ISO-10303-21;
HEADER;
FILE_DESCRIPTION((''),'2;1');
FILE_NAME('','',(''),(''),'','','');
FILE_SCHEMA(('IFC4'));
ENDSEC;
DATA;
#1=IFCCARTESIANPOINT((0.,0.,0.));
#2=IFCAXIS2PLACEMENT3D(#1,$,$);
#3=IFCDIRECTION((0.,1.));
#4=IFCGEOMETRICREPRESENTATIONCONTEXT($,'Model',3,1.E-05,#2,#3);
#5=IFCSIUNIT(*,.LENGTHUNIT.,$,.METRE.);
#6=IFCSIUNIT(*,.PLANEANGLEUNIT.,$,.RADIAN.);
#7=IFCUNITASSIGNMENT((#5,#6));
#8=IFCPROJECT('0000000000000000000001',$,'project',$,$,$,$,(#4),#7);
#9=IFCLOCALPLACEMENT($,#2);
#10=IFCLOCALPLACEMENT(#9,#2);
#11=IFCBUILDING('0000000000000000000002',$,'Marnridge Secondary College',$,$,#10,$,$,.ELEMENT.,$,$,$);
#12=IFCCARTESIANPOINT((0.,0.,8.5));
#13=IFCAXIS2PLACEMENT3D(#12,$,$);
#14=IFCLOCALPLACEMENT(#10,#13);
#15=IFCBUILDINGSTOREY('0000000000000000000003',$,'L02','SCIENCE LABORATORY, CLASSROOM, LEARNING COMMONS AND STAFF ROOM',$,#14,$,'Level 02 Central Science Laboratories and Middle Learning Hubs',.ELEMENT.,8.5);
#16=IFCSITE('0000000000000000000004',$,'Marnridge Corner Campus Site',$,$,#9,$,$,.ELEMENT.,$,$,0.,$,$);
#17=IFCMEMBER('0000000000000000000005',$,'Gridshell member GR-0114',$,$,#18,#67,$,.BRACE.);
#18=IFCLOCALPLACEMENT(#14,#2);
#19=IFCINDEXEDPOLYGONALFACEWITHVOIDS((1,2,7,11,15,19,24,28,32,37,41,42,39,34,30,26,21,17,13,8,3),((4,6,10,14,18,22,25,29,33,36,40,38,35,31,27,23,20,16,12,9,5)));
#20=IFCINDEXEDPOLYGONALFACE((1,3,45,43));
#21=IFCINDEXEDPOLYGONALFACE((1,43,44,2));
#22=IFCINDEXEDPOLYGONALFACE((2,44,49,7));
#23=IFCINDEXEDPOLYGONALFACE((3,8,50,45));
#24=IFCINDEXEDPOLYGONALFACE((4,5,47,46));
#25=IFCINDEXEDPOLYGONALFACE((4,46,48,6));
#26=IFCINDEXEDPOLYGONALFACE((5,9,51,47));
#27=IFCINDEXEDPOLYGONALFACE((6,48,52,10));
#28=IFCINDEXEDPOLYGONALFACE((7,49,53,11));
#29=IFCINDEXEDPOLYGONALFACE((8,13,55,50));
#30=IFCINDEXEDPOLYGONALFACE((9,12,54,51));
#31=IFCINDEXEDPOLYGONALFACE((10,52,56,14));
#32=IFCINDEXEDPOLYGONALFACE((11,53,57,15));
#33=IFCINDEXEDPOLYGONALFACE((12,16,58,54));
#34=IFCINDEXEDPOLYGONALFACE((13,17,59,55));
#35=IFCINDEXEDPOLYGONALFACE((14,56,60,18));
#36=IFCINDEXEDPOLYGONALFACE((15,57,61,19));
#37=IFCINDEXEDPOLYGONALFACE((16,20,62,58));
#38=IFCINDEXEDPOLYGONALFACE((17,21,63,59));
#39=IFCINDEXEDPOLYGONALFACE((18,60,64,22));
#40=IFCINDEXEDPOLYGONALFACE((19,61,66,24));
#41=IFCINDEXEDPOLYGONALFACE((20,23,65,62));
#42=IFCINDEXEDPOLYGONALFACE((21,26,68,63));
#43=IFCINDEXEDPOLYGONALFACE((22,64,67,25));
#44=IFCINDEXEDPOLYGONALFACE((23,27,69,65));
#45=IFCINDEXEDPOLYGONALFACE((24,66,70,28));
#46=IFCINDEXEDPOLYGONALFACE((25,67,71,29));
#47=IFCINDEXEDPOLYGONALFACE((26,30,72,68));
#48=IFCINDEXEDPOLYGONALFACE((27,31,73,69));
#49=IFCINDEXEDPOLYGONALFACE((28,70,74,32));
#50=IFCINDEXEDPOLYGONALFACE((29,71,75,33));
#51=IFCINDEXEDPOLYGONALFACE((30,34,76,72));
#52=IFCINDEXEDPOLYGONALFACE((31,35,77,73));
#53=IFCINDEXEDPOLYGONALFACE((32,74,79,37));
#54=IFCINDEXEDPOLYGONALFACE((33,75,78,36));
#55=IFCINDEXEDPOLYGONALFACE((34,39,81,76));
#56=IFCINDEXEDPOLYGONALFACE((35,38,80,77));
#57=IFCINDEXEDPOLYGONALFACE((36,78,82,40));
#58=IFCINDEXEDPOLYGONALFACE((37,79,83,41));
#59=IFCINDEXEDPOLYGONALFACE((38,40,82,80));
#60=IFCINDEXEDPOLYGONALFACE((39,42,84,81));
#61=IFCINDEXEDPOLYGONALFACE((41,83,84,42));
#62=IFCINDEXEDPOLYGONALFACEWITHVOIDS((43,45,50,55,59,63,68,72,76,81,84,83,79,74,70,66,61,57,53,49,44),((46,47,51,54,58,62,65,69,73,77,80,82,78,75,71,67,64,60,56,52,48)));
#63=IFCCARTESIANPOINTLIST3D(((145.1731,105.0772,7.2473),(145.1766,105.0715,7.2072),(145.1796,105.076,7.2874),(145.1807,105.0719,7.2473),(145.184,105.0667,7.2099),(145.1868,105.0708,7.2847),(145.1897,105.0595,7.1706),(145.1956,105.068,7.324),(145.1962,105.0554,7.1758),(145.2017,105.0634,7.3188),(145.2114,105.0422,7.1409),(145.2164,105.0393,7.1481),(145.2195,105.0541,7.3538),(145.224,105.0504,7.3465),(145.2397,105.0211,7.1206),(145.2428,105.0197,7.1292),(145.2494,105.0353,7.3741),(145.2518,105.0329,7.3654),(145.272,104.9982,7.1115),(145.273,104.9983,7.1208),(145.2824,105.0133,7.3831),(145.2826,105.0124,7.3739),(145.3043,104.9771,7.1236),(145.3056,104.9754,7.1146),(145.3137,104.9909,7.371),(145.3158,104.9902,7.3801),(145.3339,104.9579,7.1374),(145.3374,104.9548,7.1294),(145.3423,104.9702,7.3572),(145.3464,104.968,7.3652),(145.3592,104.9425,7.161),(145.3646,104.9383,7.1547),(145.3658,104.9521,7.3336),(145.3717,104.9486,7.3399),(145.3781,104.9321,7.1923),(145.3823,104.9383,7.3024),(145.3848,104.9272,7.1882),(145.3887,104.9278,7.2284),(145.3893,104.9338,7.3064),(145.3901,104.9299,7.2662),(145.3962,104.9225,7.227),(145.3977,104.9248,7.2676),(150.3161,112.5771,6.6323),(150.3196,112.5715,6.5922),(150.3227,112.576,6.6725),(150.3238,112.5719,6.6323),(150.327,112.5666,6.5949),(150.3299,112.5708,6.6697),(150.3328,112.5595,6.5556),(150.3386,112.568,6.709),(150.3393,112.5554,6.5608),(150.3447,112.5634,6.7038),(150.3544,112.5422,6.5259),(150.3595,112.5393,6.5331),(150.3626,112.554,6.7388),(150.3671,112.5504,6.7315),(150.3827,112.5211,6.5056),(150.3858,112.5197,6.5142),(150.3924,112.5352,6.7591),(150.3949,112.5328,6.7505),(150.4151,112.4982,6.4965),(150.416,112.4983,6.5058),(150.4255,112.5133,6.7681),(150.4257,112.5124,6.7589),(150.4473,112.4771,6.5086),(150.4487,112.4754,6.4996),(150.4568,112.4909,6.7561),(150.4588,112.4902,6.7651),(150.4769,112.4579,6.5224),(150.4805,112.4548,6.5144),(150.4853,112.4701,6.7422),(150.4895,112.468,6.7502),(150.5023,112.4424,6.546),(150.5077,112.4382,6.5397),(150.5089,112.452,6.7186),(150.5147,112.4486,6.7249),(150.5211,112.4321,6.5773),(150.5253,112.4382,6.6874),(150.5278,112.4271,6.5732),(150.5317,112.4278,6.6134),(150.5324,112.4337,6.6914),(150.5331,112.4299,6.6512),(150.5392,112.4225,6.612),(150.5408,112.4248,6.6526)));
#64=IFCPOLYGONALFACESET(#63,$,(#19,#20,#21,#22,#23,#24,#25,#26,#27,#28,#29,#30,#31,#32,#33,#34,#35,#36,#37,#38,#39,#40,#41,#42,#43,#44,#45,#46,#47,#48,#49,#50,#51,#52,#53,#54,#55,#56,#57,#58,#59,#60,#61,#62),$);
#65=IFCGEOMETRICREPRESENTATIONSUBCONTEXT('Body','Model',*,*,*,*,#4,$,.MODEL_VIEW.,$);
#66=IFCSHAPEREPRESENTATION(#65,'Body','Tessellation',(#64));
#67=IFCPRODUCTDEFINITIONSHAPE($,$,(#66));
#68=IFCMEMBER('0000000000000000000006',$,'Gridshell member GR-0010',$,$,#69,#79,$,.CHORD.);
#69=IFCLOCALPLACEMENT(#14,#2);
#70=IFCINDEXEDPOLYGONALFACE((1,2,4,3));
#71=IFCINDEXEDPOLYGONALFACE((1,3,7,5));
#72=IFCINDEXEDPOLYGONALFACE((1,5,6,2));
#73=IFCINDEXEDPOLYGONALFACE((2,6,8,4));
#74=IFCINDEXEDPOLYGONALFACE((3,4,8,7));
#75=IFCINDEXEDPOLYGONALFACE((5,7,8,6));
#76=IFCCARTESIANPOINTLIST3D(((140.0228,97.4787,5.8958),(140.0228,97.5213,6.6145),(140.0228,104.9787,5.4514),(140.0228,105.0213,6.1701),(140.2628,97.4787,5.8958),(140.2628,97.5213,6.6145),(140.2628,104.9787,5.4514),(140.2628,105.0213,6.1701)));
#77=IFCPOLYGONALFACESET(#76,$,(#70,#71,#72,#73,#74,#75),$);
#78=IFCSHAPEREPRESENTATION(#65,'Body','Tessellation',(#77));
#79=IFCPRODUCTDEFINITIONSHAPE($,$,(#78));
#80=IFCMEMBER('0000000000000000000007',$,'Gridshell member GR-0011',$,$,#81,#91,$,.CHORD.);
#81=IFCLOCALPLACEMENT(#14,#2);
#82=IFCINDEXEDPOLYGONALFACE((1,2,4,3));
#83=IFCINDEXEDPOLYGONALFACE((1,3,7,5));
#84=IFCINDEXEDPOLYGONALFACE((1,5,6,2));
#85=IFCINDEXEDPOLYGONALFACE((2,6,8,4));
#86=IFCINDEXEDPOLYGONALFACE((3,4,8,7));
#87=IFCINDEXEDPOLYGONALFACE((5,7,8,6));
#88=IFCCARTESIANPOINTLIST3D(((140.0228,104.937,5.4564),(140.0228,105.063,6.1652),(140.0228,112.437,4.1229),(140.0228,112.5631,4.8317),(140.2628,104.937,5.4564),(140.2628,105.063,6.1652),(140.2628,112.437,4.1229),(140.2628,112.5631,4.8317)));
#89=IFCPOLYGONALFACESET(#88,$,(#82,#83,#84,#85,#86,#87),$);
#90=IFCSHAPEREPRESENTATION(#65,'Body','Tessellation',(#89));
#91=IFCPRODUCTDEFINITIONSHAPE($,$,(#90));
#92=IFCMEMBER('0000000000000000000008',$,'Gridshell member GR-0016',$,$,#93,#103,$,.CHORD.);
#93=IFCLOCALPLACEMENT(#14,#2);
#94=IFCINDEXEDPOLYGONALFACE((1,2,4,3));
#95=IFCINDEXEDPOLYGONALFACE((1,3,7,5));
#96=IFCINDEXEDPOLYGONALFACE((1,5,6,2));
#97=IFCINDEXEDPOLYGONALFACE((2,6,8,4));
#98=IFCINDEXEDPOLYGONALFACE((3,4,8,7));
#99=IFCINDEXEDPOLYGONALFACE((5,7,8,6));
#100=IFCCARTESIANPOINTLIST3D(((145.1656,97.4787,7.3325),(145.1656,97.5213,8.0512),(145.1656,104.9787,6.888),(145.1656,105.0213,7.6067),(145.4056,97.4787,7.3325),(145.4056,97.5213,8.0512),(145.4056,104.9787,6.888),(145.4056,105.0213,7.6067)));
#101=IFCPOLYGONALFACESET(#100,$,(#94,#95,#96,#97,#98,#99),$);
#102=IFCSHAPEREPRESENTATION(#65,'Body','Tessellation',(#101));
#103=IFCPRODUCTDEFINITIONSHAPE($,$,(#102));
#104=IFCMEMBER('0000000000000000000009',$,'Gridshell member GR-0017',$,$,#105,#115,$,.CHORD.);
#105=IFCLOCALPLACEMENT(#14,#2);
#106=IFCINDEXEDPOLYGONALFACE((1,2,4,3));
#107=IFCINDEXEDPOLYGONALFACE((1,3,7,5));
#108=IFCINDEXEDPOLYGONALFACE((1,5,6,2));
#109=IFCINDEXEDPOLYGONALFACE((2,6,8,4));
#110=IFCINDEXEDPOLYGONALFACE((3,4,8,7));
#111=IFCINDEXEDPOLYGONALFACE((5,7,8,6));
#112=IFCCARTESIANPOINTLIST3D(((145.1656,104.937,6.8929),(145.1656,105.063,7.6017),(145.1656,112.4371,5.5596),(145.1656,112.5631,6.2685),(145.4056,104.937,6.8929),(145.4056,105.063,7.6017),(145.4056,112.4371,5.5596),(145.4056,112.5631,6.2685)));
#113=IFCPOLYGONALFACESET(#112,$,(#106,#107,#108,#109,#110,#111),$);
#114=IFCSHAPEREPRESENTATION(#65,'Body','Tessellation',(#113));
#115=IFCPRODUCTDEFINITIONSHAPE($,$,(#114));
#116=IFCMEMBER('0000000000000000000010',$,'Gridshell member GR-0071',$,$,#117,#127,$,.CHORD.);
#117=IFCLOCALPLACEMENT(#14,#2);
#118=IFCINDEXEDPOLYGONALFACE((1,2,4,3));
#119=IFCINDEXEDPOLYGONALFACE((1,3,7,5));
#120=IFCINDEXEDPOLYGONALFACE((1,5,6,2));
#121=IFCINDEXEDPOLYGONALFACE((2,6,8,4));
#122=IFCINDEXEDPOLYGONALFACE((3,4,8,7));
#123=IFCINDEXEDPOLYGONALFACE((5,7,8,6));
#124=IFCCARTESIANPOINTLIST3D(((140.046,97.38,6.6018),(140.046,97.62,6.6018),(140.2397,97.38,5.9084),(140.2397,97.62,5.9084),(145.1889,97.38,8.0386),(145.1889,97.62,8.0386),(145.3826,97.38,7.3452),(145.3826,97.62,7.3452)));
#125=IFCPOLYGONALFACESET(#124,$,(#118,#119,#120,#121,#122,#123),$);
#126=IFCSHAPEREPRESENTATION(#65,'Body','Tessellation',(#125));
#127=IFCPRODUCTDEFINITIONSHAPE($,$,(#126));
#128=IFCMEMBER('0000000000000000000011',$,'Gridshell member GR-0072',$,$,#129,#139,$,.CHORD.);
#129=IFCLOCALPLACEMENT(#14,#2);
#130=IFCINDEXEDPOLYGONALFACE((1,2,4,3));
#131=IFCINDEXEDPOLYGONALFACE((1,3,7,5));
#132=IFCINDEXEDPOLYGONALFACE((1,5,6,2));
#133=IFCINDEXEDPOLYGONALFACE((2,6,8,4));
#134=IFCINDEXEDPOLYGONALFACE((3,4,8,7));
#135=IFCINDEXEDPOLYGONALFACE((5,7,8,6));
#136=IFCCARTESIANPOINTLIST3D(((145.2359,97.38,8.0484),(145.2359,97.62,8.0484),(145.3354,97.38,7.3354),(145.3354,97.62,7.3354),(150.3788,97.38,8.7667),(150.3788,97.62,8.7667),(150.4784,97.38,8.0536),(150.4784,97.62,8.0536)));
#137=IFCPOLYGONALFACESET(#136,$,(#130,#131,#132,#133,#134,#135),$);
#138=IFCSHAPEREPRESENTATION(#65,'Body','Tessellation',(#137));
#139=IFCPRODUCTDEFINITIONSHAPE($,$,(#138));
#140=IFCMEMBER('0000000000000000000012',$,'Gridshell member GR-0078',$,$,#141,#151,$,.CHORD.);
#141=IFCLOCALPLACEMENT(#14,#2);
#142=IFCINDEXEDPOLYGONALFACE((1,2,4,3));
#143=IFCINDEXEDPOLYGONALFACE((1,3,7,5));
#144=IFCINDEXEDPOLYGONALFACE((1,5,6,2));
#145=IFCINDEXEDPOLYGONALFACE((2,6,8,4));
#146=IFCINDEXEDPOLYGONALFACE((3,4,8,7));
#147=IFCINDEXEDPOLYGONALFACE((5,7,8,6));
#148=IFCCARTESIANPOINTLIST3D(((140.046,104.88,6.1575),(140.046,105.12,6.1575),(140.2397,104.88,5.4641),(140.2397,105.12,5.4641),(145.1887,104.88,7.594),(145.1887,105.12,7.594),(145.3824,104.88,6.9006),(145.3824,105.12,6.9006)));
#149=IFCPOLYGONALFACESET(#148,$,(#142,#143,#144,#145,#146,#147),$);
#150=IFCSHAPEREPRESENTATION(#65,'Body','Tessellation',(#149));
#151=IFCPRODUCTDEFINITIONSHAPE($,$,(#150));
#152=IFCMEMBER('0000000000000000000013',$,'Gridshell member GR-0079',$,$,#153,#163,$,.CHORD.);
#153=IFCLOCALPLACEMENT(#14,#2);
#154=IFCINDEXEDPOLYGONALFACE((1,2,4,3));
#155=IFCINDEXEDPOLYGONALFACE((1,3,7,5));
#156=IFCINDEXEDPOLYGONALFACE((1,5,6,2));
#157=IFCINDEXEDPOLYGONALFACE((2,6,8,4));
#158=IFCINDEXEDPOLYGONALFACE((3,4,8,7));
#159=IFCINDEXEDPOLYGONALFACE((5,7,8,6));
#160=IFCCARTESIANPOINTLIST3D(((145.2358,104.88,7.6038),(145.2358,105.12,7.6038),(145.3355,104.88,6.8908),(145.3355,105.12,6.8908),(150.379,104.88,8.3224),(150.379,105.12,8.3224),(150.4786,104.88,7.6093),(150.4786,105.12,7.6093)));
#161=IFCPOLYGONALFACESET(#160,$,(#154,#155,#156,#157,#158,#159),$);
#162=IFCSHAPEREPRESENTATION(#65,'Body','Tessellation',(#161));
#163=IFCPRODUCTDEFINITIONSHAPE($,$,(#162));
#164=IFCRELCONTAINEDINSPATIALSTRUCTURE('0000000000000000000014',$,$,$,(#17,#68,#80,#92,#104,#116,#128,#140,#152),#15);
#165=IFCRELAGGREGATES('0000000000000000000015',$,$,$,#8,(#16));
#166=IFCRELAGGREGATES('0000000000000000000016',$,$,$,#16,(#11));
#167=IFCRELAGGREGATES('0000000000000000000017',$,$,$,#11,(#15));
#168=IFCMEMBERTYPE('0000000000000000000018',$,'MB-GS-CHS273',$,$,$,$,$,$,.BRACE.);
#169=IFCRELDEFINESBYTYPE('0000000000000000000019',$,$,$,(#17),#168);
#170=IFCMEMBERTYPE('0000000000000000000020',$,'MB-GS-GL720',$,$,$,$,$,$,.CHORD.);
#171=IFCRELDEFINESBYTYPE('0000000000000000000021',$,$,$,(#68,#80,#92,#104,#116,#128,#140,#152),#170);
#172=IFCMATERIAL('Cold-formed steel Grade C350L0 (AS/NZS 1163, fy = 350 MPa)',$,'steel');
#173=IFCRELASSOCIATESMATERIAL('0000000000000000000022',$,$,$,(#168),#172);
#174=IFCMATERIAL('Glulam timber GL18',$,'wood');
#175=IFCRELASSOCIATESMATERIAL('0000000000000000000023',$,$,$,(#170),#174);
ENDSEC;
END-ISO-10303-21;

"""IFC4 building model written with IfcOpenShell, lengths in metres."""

from ifc_helpers import new_model, si_unit, direction, frame, origin, origin_2d, place, context, subcontext, project, spatial, rectangle, hollow_circle, extrude, material, material_profile, profile_set, type_object, element, save


model = new_model("IFC4")

# Units and contexts
model_context = context("Model", 3, precision=1e-05, world=origin(), true_north=direction((0.0, 1.0)))
body_context = subcontext(model_context, "Body", "Model", "MODEL_VIEW")
ifc_project = project(units=[si_unit("LENGTHUNIT", "METRE"), si_unit("PLANEANGLEUNIT", "RADIAN")], contexts=[model_context])

# Site, building, storey
site_placement = place(None, origin())
site = spatial("IfcSite", under=ifc_project, at=site_placement, Name="Marnridge Corner Campus Site", CompositionType="ELEMENT", RefElevation=0.0)
building_placement = place(site_placement, origin())
building = spatial("IfcBuilding", under=site, at=building_placement, Name="Marnridge Secondary College", CompositionType="ELEMENT")
storey_placement = place(building_placement, frame((0.0, 0.0, 8.5)))
storey = spatial("IfcBuildingStorey", under=building, at=storey_placement, Name="L02", Description="SCIENCE LABORATORY, CLASSROOM, LEARNING COMMONS AND STAFF ROOM", LongName="Level 02 Central Science Laboratories and Middle Learning Hubs", CompositionType="ELEMENT", Elevation=8.5)

# Members
ifc_material_1 = material(Name="Cold-formed steel Grade C350L0 (AS/NZS 1163, fy = 350 MPa)", Category="steel")
ifc_material_profile_1 = material_profile(ifc_material_1, hollow_circle(Radius=0.1365, WallThickness=0.0093, at=origin_2d()), Name="273.1x9.3CHS")
ifc_profile_set_1 = profile_set([ifc_material_profile_1], Name="Cold-formed steel Grade C350L0 (AS/NZS 1163, fy = 350 MPa)")
member_type_1 = type_object("IfcMemberType", Name="MB-GS-CHS273", PredefinedType="BRACE", material=ifc_profile_set_1)
member_1_placement = place(storey_placement, frame((145.2856, 105.0, 7.2473), z_axis=(0.564255, 0.822839, -0.067472), x_axis=(-0.824718, 0.565544, 0.0)))
element("IfcMember", 1, at=member_1_placement, inside=storey, type_object=member_type_1, Name="Gridshell member GR-0114", PredefinedType="BRACE", context=body_context, shape_type="SweptSolid", body=[
    extrude(hollow_circle(Radius=0.1365, WallThickness=0.0093, at=origin_2d()), origin(), (0.0, 0.0, 1.0), 9.1147),
])
ifc_material_2 = material(Name="Glulam timber GL18", Category="wood")
ifc_material_profile_2 = material_profile(ifc_material_2, rectangle(XDim=0.24, YDim=0.72, at=origin_2d()), Name="GL18 240x720")
ifc_profile_set_2 = profile_set([ifc_material_profile_2], Name="Glulam timber GL18")
member_type_2 = type_object("IfcMemberType", Name="MB-GS-GL720", PredefinedType="CHORD", material=ifc_profile_set_2)
member_2_placement = place(storey_placement, frame((140.1428, 97.5, 6.2551), z_axis=(0.0, 0.99825, -0.059141), x_axis=(-1.0, 0.0, 0.0)))
element("IfcMember", 2, at=member_2_placement, inside=storey, type_object=member_type_2, Name="Gridshell member GR-0010", PredefinedType="CHORD", context=body_context, shape_type="SweptSolid", body=[
    extrude(rectangle(XDim=0.24, YDim=0.72, at=origin_2d()), origin(), (0.0, 0.0, 1.0), 7.5132),
])
member_3_placement = place(storey_placement, frame((140.1428, 105.0, 5.8108), z_axis=(0.0, 0.984559, -0.175054), x_axis=(-1.0, 0.0, 0.0)))
element("IfcMember", 3, at=member_3_placement, inside=storey, type_object=member_type_2, Name="Gridshell member GR-0011", PredefinedType="CHORD", context=body_context, shape_type="SweptSolid", body=[
    extrude(rectangle(XDim=0.24, YDim=0.72, at=origin_2d()), origin(), (0.0, 0.0, 1.0), 7.6177),
])
member_4_placement = place(storey_placement, frame((145.2856, 97.5, 7.6919), z_axis=(0.0, 0.998248, -0.059173), x_axis=(-1.0, 0.0, 0.0)))
element("IfcMember", 4, at=member_4_placement, inside=storey, type_object=member_type_2, Name="Gridshell member GR-0016", PredefinedType="CHORD", context=body_context, shape_type="SweptSolid", body=[
    extrude(rectangle(XDim=0.24, YDim=0.72, at=origin_2d()), origin(), (0.0, 0.0, 1.0), 7.5132),
])
member_5_placement = place(storey_placement, frame((145.2856, 105.0, 7.2473), z_axis=(0.0, 0.984564, -0.175023), x_axis=(-1.0, 0.0, 0.0)))
element("IfcMember", 5, at=member_5_placement, inside=storey, type_object=member_type_2, Name="Gridshell member GR-0017", PredefinedType="CHORD", context=body_context, shape_type="SweptSolid", body=[
    extrude(rectangle(XDim=0.24, YDim=0.72, at=origin_2d()), origin(), (0.0, 0.0, 1.0), 7.6177),
])
member_6_placement = place(storey_placement, frame((140.1428, 97.5, 6.2551), z_axis=(0.963121, 0.0, 0.26907), x_axis=(0.0, 1.0, 0.0)))
element("IfcMember", 6, at=member_6_placement, inside=storey, type_object=member_type_2, Name="Gridshell member GR-0071", PredefinedType="CHORD", context=body_context, shape_type="SweptSolid", body=[
    extrude(rectangle(XDim=0.24, YDim=0.72, at=origin_2d()), origin(), (0.0, 0.0, 1.0), 5.3398),
])
member_7_placement = place(storey_placement, frame((145.2856, 97.5, 7.6919), z_axis=(0.990388, 0.0, 0.138314), x_axis=(0.0, 1.0, 0.0)))
element("IfcMember", 7, at=member_7_placement, inside=storey, type_object=member_type_2, Name="Gridshell member GR-0072", PredefinedType="CHORD", context=body_context, shape_type="SweptSolid", body=[
    extrude(rectangle(XDim=0.24, YDim=0.72, at=origin_2d()), origin(), (0.0, 0.0, 1.0), 5.1929),
])
member_8_placement = place(storey_placement, frame((140.1428, 105.0, 5.8108), z_axis=(0.963132, 0.0, 0.269028), x_axis=(0.0, 1.0, 0.0)))
element("IfcMember", 8, at=member_8_placement, inside=storey, type_object=member_type_2, Name="Gridshell member GR-0078", PredefinedType="CHORD", context=body_context, shape_type="SweptSolid", body=[
    extrude(rectangle(XDim=0.24, YDim=0.72, at=origin_2d()), origin(), (0.0, 0.0, 1.0), 5.3396),
])
member_9_placement = place(storey_placement, frame((145.2856, 105.0, 7.2473), z_axis=(0.990382, 0.0, 0.13836), x_axis=(0.0, 1.0, 0.0)))
element("IfcMember", 9, at=member_9_placement, inside=storey, type_object=member_type_2, Name="Gridshell member GR-0079", PredefinedType="CHORD", context=body_context, shape_type="SweptSolid", body=[
    extrude(rectangle(XDim=0.24, YDim=0.72, at=origin_2d()), origin(), (0.0, 0.0, 1.0), 5.1931),
])

save(model, "model.ifc")
